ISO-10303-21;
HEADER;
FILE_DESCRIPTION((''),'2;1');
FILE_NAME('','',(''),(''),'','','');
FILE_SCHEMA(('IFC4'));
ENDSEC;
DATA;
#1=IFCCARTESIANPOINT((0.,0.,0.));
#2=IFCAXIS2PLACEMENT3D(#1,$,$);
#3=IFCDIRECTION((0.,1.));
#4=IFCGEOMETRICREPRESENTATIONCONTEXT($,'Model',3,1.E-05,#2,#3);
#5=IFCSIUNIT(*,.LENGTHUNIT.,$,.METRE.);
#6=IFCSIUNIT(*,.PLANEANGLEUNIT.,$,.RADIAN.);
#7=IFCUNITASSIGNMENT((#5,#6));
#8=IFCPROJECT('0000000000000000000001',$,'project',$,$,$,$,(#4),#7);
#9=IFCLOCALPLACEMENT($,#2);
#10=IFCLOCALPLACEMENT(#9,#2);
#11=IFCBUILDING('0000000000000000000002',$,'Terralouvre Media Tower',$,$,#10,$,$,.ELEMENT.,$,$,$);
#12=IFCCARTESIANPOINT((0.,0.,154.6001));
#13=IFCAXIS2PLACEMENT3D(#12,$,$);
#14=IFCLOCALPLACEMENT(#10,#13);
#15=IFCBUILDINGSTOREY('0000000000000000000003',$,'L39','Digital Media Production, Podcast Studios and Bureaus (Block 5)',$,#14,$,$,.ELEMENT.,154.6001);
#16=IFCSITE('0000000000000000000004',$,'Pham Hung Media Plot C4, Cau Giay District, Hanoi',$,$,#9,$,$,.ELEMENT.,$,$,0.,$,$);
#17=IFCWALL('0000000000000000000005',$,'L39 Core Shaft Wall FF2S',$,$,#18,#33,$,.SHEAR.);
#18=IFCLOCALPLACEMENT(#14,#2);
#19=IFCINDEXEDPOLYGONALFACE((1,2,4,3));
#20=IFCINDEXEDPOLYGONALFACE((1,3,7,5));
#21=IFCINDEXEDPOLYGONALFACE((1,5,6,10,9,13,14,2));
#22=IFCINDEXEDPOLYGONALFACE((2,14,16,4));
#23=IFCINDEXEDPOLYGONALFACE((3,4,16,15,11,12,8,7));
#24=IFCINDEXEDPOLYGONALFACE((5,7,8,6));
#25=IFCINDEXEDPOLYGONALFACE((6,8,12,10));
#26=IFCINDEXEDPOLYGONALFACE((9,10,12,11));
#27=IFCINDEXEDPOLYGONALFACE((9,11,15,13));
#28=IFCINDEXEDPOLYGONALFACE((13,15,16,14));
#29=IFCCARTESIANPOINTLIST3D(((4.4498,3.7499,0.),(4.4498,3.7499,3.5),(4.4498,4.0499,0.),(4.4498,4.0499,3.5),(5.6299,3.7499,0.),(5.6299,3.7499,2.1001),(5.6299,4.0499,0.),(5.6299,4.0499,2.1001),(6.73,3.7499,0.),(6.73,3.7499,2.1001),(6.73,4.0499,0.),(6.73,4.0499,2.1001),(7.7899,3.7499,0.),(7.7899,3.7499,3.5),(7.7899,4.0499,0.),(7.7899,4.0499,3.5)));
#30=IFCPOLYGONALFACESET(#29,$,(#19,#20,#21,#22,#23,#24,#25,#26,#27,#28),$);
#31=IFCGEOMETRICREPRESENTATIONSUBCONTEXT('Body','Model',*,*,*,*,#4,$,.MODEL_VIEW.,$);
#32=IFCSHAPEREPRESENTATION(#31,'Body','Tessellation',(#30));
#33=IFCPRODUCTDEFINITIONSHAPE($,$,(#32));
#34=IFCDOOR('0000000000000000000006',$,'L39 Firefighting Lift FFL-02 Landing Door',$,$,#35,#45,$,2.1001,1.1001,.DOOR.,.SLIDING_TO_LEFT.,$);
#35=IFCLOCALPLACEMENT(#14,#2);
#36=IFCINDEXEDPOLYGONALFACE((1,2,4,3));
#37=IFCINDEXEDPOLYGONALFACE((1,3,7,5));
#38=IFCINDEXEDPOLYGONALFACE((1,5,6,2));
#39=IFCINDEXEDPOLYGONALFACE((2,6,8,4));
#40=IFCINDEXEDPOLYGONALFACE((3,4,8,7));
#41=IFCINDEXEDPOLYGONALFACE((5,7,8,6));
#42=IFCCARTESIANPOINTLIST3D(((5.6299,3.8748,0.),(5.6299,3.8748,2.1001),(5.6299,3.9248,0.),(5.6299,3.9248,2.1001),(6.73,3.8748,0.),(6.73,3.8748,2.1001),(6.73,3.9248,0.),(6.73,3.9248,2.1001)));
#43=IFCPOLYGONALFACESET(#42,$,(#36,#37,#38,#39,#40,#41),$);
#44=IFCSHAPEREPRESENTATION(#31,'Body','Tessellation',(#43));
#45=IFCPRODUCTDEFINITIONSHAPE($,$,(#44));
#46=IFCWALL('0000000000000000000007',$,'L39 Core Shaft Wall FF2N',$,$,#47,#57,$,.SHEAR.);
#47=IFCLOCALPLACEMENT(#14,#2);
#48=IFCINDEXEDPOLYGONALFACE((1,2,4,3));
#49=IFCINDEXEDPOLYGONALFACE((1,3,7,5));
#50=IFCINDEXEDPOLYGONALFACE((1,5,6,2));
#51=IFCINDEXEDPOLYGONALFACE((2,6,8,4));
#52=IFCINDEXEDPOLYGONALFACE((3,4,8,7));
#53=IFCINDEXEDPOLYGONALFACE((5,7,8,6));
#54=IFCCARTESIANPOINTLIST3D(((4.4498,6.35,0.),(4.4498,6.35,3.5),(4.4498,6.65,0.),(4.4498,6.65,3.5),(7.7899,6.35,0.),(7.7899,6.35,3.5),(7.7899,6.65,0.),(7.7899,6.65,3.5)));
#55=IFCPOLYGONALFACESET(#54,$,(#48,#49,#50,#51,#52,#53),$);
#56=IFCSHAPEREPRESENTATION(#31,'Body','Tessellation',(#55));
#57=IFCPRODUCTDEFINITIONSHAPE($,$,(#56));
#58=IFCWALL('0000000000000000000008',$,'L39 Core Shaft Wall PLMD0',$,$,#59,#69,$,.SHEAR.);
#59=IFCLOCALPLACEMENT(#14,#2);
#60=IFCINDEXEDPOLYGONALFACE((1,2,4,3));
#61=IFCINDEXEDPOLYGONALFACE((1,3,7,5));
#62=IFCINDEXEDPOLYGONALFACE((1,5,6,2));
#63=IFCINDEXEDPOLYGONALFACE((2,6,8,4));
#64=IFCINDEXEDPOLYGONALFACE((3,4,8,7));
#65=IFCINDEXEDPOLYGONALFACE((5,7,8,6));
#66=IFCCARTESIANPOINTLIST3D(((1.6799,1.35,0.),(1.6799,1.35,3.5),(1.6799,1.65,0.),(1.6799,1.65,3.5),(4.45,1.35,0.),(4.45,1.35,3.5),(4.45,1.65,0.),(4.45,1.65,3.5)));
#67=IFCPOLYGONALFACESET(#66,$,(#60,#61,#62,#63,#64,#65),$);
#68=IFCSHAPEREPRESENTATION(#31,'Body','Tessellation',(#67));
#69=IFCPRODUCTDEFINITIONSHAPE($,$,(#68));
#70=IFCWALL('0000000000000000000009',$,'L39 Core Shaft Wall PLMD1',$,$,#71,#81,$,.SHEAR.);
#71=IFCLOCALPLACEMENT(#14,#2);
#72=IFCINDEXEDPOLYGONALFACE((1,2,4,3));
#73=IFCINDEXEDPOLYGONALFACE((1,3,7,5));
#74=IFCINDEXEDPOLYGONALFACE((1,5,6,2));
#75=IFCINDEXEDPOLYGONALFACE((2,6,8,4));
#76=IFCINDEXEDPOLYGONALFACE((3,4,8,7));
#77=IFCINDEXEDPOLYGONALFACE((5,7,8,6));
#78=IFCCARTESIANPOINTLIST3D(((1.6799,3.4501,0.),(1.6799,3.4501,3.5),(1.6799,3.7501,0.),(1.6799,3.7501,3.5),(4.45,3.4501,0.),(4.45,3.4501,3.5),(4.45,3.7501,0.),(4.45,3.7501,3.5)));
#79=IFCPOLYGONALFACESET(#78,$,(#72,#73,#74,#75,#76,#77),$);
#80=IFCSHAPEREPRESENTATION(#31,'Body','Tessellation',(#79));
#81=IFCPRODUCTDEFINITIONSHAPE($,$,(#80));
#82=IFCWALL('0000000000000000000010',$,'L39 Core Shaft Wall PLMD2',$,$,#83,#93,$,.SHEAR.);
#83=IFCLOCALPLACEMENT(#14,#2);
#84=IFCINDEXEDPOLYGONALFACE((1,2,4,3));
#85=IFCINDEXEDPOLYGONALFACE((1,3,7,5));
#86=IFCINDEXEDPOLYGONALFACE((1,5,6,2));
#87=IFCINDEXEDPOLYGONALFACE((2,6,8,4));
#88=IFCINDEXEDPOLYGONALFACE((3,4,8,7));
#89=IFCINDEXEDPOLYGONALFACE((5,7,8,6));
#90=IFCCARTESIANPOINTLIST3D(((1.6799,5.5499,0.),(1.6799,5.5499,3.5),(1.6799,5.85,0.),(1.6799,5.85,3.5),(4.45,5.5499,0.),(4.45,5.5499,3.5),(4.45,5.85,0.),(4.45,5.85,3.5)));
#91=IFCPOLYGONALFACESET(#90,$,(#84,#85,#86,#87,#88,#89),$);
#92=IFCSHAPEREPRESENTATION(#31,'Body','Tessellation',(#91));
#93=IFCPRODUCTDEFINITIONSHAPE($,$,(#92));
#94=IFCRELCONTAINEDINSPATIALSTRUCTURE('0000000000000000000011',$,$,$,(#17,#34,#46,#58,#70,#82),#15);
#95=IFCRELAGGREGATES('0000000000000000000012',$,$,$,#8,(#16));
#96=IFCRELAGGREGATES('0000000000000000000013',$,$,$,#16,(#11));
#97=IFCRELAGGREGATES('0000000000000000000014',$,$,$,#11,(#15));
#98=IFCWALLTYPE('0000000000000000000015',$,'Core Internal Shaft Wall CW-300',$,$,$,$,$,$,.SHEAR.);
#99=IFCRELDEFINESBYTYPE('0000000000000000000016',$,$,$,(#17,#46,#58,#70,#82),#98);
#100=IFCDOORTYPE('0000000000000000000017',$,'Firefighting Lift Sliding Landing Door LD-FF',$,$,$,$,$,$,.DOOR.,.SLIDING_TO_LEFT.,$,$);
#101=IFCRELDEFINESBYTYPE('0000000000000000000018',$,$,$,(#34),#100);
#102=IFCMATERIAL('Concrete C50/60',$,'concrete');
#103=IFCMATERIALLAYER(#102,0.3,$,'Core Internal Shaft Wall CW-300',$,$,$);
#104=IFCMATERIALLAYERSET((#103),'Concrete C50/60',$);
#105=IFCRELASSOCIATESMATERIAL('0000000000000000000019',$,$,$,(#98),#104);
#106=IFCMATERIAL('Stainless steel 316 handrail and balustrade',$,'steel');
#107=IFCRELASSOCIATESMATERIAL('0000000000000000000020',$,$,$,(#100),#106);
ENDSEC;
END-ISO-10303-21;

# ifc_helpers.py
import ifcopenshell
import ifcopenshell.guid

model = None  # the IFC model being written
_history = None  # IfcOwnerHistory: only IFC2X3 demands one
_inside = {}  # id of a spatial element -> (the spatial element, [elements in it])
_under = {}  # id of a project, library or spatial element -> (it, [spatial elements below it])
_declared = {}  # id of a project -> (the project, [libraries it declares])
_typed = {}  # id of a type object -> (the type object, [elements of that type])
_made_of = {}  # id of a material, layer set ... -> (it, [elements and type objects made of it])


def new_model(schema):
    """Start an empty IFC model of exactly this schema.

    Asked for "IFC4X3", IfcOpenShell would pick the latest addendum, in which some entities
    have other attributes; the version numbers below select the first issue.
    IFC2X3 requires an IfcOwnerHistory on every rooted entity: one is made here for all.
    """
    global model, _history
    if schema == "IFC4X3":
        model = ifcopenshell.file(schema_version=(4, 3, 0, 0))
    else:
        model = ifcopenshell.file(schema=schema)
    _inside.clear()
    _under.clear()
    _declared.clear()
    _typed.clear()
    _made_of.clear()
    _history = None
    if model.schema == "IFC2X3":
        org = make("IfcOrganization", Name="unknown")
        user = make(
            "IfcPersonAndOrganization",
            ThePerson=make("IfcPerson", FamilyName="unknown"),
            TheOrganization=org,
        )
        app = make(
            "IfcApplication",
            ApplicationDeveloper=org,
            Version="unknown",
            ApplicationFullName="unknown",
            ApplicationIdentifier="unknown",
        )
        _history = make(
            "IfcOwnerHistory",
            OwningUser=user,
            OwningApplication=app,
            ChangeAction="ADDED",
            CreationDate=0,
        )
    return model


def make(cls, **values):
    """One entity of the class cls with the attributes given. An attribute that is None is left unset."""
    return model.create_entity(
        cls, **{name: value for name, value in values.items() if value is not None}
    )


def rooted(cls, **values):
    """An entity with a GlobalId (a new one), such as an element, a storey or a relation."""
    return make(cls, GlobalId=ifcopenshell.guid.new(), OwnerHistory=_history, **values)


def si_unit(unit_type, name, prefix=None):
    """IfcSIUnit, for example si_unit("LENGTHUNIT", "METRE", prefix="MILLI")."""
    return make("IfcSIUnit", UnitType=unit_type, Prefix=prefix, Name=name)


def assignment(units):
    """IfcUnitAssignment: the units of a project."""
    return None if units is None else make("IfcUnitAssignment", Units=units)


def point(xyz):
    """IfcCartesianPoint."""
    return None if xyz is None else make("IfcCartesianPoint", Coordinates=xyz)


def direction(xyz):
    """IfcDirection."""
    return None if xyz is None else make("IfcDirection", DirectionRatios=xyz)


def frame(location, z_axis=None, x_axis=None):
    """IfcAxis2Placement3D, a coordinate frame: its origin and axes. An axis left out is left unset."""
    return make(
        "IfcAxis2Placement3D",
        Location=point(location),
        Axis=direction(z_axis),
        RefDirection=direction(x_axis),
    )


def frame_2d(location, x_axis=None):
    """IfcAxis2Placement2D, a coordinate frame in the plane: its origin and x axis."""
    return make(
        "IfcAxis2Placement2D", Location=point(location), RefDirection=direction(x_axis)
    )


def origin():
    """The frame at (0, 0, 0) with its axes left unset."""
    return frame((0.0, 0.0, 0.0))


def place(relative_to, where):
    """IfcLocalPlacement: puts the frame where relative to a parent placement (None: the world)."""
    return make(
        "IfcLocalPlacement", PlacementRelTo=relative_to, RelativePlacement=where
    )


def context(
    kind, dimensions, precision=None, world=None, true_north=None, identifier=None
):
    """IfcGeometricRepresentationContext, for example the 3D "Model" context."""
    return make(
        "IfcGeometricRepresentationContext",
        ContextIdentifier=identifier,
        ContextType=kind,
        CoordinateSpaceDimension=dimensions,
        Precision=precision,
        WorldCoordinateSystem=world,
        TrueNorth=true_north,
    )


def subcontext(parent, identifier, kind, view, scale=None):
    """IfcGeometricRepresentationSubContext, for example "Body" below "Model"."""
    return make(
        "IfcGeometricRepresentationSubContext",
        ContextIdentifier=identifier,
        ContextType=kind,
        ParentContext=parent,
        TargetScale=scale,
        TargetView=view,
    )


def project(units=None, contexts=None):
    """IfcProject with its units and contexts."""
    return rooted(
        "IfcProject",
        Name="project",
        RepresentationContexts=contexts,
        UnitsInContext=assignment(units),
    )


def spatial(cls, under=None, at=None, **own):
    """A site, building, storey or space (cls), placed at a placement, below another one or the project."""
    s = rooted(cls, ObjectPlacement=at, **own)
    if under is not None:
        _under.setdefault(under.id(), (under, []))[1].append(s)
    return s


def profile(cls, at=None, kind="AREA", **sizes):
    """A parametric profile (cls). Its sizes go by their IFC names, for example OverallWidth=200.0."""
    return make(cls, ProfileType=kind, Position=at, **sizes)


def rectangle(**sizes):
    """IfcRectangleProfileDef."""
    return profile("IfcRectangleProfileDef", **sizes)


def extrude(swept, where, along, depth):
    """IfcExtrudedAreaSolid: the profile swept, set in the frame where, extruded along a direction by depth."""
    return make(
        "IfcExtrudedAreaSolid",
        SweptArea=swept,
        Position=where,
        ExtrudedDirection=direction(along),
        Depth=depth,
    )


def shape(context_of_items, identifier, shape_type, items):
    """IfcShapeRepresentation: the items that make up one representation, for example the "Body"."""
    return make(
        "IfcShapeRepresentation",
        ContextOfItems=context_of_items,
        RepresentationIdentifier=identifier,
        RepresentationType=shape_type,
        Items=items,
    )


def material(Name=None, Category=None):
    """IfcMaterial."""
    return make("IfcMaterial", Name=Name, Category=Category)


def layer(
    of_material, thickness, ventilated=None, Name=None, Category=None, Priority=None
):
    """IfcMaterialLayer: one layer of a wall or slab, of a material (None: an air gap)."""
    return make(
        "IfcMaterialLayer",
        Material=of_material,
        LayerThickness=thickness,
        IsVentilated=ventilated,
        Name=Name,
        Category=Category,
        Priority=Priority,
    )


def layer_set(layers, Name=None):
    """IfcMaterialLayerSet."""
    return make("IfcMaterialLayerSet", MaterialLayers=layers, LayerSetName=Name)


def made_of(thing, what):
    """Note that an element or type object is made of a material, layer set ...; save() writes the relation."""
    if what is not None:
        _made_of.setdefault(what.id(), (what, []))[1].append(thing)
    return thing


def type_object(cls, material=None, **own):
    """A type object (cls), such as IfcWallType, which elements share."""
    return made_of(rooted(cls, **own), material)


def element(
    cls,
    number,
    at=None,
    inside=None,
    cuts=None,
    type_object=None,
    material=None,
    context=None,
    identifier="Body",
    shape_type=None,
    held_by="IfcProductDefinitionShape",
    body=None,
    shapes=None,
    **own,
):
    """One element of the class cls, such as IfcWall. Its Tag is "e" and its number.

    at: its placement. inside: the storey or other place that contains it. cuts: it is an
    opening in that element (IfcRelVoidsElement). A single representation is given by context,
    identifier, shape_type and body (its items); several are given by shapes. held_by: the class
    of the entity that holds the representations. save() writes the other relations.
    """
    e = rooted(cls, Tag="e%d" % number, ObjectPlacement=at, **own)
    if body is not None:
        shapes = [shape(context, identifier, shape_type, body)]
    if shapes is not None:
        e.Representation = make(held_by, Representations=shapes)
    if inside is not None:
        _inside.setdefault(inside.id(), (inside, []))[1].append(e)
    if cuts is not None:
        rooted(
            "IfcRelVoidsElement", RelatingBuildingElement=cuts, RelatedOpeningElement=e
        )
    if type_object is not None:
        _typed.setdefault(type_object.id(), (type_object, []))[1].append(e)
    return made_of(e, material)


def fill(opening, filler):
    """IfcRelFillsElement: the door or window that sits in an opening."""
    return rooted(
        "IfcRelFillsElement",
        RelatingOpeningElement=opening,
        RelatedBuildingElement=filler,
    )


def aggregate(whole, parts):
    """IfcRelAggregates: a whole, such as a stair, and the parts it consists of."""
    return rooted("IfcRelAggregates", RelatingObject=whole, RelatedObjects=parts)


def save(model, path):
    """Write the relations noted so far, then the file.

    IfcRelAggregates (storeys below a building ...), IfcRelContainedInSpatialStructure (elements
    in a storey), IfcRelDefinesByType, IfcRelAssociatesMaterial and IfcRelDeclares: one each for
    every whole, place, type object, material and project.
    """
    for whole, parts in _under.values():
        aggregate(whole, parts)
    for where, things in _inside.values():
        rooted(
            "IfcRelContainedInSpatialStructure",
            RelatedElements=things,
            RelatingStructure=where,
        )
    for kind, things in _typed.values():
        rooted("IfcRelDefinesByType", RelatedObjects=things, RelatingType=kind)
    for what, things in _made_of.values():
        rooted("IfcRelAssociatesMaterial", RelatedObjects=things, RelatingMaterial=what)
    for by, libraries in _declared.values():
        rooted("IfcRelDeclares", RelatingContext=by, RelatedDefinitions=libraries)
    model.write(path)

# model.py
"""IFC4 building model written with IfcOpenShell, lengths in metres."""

from ifc_helpers import new_model, si_unit, direction, frame, frame_2d, origin, place, context, subcontext, project, spatial, rectangle, extrude, material, layer, layer_set, type_object, element, fill, save


model = new_model("IFC4")

# Units and contexts
model_context = context("Model", 3, precision=1e-05, world=origin(), true_north=direction((0.0, 1.0)))
body_context = subcontext(model_context, "Body", "Model", "MODEL_VIEW")
ifc_project = project(units=[si_unit("LENGTHUNIT", "METRE"), si_unit("PLANEANGLEUNIT", "RADIAN")], contexts=[model_context])

# Site, building, storey
site_placement = place(None, origin())
site = spatial("IfcSite", under=ifc_project, at=site_placement, Name="Pham Hung Media Plot C4, Cau Giay District, Hanoi", CompositionType="ELEMENT", RefElevation=0.0)
building_placement = place(site_placement, origin())
building = spatial("IfcBuilding", under=site, at=building_placement, Name="Terralouvre Media Tower", CompositionType="ELEMENT")
storey_placement = place(building_placement, frame((0.0, 0.0, 154.6001)))
storey = spatial("IfcBuildingStorey", under=building, at=storey_placement, Name="L39", Description="Digital Media Production, Podcast Studios and Bureaus (Block 5)", CompositionType="ELEMENT", Elevation=154.6001)

# Wall, opening, door
ifc_material_1 = material(Name="Concrete C50/60", Category="concrete")
ifc_layer_1 = layer(ifc_material_1, 0.3, Name="Core Internal Shaft Wall CW-300")
ifc_layer_set_1 = layer_set([ifc_layer_1], Name="Concrete C50/60")
wall_type = type_object("IfcWallType", Name="Core Internal Shaft Wall CW-300", PredefinedType="SHEAR", material=ifc_layer_set_1)
wall_1_placement = place(storey_placement, frame((4.45, 3.8999, 0.0), z_axis=(0.0, 0.0, 1.0), x_axis=(1.0, 0.0, 0.0)))
wall_1 = element("IfcWall", 1, at=wall_1_placement, inside=storey, type_object=wall_type, Name="L39 Core Shaft Wall FF2S", PredefinedType="SHEAR", context=body_context, shape_type="SweptSolid", body=[
    extrude(rectangle(XDim=3.3401, YDim=0.3, at=frame_2d((1.6699, 0.0))), origin(), (0.0, 0.0, 1.0), 3.5),
])
opening_placement = place(wall_1_placement, frame((1.1799, 0.0, 0.0)))
opening = element("IfcOpeningElement", 2, at=opening_placement, cuts=wall_1, PredefinedType="OPENING", context=body_context, shape_type="SweptSolid", body=[
    extrude(rectangle(XDim=1.1001, YDim=2.1001, at=frame_2d((0.55, 1.05))), frame((0.0, 0.1599, 0.0), z_axis=(0.0, -1.0, 0.0), x_axis=(1.0, 0.0, 0.0)), (0.0, 0.0, 1.0), 0.3201),
])
ifc_material_2 = material(Name="Stainless steel 316 handrail and balustrade", Category="steel")
door_type = type_object("IfcDoorType", Name="Firefighting Lift Sliding Landing Door LD-FF", OperationType="SLIDING_TO_LEFT", PredefinedType="DOOR", material=ifc_material_2)
door_placement = place(opening_placement, origin())
door = element("IfcDoor", 3, at=door_placement, inside=storey, type_object=door_type, Name="L39 Firefighting Lift FFL-02 Landing Door", OperationType="SLIDING_TO_LEFT", OverallHeight=2.1001, OverallWidth=1.1001, PredefinedType="DOOR", context=body_context, shape_type="SweptSolid", body=[
    extrude(rectangle(XDim=1.1001, YDim=2.1001, at=frame_2d((0.55, 1.05))), frame((0.0, 0.0249, 0.0), z_axis=(0.0, -1.0, 0.0), x_axis=(1.0, 0.0, 0.0)), (0.0, 0.0, 1.0), 0.05),
])
fill(opening, door)

# Walls
wall_2_placement = place(storey_placement, frame((4.45, 6.5, 0.0), z_axis=(0.0, 0.0, 1.0), x_axis=(1.0, 0.0, 0.0)))
element("IfcWall", 4, at=wall_2_placement, inside=storey, type_object=wall_type, Name="L39 Core Shaft Wall FF2N", PredefinedType="SHEAR", context=body_context, shape_type="SweptSolid", body=[
    extrude(rectangle(XDim=3.3401, YDim=0.3, at=frame_2d((1.6699, 0.0))), origin(), (0.0, 0.0, 1.0), 3.5),
])
for number, where, z_axis, x_axis, name in (
    (5, (1.6799, 1.5, 0.0), (0.0, 0.0, 1.0), (1.0, 0.0, 0.0), "L39 Core Shaft Wall PLMD0"),
    (6, (1.6799, 3.6001, 0.0), (0.0, 0.0, 1.0), (1.0, 0.0, 0.0), "L39 Core Shaft Wall PLMD1"),
    (7, (1.6799, 5.7, 0.0), (0.0, 0.0, 1.0), (1.0, 0.0, 0.0), "L39 Core Shaft Wall PLMD2"),
):
    element("IfcWall", number, at=place(storey_placement, frame(where, z_axis=z_axis, x_axis=x_axis)), inside=storey, type_object=wall_type, Name=name, PredefinedType="SHEAR", context=body_context, shape_type="SweptSolid", body=[
        extrude(rectangle(XDim=2.77, YDim=0.3, at=frame_2d((1.385, 0.0))), origin(), (0.0, 0.0, 1.0), 3.5),
    ])

save(model, "model.ifc")
